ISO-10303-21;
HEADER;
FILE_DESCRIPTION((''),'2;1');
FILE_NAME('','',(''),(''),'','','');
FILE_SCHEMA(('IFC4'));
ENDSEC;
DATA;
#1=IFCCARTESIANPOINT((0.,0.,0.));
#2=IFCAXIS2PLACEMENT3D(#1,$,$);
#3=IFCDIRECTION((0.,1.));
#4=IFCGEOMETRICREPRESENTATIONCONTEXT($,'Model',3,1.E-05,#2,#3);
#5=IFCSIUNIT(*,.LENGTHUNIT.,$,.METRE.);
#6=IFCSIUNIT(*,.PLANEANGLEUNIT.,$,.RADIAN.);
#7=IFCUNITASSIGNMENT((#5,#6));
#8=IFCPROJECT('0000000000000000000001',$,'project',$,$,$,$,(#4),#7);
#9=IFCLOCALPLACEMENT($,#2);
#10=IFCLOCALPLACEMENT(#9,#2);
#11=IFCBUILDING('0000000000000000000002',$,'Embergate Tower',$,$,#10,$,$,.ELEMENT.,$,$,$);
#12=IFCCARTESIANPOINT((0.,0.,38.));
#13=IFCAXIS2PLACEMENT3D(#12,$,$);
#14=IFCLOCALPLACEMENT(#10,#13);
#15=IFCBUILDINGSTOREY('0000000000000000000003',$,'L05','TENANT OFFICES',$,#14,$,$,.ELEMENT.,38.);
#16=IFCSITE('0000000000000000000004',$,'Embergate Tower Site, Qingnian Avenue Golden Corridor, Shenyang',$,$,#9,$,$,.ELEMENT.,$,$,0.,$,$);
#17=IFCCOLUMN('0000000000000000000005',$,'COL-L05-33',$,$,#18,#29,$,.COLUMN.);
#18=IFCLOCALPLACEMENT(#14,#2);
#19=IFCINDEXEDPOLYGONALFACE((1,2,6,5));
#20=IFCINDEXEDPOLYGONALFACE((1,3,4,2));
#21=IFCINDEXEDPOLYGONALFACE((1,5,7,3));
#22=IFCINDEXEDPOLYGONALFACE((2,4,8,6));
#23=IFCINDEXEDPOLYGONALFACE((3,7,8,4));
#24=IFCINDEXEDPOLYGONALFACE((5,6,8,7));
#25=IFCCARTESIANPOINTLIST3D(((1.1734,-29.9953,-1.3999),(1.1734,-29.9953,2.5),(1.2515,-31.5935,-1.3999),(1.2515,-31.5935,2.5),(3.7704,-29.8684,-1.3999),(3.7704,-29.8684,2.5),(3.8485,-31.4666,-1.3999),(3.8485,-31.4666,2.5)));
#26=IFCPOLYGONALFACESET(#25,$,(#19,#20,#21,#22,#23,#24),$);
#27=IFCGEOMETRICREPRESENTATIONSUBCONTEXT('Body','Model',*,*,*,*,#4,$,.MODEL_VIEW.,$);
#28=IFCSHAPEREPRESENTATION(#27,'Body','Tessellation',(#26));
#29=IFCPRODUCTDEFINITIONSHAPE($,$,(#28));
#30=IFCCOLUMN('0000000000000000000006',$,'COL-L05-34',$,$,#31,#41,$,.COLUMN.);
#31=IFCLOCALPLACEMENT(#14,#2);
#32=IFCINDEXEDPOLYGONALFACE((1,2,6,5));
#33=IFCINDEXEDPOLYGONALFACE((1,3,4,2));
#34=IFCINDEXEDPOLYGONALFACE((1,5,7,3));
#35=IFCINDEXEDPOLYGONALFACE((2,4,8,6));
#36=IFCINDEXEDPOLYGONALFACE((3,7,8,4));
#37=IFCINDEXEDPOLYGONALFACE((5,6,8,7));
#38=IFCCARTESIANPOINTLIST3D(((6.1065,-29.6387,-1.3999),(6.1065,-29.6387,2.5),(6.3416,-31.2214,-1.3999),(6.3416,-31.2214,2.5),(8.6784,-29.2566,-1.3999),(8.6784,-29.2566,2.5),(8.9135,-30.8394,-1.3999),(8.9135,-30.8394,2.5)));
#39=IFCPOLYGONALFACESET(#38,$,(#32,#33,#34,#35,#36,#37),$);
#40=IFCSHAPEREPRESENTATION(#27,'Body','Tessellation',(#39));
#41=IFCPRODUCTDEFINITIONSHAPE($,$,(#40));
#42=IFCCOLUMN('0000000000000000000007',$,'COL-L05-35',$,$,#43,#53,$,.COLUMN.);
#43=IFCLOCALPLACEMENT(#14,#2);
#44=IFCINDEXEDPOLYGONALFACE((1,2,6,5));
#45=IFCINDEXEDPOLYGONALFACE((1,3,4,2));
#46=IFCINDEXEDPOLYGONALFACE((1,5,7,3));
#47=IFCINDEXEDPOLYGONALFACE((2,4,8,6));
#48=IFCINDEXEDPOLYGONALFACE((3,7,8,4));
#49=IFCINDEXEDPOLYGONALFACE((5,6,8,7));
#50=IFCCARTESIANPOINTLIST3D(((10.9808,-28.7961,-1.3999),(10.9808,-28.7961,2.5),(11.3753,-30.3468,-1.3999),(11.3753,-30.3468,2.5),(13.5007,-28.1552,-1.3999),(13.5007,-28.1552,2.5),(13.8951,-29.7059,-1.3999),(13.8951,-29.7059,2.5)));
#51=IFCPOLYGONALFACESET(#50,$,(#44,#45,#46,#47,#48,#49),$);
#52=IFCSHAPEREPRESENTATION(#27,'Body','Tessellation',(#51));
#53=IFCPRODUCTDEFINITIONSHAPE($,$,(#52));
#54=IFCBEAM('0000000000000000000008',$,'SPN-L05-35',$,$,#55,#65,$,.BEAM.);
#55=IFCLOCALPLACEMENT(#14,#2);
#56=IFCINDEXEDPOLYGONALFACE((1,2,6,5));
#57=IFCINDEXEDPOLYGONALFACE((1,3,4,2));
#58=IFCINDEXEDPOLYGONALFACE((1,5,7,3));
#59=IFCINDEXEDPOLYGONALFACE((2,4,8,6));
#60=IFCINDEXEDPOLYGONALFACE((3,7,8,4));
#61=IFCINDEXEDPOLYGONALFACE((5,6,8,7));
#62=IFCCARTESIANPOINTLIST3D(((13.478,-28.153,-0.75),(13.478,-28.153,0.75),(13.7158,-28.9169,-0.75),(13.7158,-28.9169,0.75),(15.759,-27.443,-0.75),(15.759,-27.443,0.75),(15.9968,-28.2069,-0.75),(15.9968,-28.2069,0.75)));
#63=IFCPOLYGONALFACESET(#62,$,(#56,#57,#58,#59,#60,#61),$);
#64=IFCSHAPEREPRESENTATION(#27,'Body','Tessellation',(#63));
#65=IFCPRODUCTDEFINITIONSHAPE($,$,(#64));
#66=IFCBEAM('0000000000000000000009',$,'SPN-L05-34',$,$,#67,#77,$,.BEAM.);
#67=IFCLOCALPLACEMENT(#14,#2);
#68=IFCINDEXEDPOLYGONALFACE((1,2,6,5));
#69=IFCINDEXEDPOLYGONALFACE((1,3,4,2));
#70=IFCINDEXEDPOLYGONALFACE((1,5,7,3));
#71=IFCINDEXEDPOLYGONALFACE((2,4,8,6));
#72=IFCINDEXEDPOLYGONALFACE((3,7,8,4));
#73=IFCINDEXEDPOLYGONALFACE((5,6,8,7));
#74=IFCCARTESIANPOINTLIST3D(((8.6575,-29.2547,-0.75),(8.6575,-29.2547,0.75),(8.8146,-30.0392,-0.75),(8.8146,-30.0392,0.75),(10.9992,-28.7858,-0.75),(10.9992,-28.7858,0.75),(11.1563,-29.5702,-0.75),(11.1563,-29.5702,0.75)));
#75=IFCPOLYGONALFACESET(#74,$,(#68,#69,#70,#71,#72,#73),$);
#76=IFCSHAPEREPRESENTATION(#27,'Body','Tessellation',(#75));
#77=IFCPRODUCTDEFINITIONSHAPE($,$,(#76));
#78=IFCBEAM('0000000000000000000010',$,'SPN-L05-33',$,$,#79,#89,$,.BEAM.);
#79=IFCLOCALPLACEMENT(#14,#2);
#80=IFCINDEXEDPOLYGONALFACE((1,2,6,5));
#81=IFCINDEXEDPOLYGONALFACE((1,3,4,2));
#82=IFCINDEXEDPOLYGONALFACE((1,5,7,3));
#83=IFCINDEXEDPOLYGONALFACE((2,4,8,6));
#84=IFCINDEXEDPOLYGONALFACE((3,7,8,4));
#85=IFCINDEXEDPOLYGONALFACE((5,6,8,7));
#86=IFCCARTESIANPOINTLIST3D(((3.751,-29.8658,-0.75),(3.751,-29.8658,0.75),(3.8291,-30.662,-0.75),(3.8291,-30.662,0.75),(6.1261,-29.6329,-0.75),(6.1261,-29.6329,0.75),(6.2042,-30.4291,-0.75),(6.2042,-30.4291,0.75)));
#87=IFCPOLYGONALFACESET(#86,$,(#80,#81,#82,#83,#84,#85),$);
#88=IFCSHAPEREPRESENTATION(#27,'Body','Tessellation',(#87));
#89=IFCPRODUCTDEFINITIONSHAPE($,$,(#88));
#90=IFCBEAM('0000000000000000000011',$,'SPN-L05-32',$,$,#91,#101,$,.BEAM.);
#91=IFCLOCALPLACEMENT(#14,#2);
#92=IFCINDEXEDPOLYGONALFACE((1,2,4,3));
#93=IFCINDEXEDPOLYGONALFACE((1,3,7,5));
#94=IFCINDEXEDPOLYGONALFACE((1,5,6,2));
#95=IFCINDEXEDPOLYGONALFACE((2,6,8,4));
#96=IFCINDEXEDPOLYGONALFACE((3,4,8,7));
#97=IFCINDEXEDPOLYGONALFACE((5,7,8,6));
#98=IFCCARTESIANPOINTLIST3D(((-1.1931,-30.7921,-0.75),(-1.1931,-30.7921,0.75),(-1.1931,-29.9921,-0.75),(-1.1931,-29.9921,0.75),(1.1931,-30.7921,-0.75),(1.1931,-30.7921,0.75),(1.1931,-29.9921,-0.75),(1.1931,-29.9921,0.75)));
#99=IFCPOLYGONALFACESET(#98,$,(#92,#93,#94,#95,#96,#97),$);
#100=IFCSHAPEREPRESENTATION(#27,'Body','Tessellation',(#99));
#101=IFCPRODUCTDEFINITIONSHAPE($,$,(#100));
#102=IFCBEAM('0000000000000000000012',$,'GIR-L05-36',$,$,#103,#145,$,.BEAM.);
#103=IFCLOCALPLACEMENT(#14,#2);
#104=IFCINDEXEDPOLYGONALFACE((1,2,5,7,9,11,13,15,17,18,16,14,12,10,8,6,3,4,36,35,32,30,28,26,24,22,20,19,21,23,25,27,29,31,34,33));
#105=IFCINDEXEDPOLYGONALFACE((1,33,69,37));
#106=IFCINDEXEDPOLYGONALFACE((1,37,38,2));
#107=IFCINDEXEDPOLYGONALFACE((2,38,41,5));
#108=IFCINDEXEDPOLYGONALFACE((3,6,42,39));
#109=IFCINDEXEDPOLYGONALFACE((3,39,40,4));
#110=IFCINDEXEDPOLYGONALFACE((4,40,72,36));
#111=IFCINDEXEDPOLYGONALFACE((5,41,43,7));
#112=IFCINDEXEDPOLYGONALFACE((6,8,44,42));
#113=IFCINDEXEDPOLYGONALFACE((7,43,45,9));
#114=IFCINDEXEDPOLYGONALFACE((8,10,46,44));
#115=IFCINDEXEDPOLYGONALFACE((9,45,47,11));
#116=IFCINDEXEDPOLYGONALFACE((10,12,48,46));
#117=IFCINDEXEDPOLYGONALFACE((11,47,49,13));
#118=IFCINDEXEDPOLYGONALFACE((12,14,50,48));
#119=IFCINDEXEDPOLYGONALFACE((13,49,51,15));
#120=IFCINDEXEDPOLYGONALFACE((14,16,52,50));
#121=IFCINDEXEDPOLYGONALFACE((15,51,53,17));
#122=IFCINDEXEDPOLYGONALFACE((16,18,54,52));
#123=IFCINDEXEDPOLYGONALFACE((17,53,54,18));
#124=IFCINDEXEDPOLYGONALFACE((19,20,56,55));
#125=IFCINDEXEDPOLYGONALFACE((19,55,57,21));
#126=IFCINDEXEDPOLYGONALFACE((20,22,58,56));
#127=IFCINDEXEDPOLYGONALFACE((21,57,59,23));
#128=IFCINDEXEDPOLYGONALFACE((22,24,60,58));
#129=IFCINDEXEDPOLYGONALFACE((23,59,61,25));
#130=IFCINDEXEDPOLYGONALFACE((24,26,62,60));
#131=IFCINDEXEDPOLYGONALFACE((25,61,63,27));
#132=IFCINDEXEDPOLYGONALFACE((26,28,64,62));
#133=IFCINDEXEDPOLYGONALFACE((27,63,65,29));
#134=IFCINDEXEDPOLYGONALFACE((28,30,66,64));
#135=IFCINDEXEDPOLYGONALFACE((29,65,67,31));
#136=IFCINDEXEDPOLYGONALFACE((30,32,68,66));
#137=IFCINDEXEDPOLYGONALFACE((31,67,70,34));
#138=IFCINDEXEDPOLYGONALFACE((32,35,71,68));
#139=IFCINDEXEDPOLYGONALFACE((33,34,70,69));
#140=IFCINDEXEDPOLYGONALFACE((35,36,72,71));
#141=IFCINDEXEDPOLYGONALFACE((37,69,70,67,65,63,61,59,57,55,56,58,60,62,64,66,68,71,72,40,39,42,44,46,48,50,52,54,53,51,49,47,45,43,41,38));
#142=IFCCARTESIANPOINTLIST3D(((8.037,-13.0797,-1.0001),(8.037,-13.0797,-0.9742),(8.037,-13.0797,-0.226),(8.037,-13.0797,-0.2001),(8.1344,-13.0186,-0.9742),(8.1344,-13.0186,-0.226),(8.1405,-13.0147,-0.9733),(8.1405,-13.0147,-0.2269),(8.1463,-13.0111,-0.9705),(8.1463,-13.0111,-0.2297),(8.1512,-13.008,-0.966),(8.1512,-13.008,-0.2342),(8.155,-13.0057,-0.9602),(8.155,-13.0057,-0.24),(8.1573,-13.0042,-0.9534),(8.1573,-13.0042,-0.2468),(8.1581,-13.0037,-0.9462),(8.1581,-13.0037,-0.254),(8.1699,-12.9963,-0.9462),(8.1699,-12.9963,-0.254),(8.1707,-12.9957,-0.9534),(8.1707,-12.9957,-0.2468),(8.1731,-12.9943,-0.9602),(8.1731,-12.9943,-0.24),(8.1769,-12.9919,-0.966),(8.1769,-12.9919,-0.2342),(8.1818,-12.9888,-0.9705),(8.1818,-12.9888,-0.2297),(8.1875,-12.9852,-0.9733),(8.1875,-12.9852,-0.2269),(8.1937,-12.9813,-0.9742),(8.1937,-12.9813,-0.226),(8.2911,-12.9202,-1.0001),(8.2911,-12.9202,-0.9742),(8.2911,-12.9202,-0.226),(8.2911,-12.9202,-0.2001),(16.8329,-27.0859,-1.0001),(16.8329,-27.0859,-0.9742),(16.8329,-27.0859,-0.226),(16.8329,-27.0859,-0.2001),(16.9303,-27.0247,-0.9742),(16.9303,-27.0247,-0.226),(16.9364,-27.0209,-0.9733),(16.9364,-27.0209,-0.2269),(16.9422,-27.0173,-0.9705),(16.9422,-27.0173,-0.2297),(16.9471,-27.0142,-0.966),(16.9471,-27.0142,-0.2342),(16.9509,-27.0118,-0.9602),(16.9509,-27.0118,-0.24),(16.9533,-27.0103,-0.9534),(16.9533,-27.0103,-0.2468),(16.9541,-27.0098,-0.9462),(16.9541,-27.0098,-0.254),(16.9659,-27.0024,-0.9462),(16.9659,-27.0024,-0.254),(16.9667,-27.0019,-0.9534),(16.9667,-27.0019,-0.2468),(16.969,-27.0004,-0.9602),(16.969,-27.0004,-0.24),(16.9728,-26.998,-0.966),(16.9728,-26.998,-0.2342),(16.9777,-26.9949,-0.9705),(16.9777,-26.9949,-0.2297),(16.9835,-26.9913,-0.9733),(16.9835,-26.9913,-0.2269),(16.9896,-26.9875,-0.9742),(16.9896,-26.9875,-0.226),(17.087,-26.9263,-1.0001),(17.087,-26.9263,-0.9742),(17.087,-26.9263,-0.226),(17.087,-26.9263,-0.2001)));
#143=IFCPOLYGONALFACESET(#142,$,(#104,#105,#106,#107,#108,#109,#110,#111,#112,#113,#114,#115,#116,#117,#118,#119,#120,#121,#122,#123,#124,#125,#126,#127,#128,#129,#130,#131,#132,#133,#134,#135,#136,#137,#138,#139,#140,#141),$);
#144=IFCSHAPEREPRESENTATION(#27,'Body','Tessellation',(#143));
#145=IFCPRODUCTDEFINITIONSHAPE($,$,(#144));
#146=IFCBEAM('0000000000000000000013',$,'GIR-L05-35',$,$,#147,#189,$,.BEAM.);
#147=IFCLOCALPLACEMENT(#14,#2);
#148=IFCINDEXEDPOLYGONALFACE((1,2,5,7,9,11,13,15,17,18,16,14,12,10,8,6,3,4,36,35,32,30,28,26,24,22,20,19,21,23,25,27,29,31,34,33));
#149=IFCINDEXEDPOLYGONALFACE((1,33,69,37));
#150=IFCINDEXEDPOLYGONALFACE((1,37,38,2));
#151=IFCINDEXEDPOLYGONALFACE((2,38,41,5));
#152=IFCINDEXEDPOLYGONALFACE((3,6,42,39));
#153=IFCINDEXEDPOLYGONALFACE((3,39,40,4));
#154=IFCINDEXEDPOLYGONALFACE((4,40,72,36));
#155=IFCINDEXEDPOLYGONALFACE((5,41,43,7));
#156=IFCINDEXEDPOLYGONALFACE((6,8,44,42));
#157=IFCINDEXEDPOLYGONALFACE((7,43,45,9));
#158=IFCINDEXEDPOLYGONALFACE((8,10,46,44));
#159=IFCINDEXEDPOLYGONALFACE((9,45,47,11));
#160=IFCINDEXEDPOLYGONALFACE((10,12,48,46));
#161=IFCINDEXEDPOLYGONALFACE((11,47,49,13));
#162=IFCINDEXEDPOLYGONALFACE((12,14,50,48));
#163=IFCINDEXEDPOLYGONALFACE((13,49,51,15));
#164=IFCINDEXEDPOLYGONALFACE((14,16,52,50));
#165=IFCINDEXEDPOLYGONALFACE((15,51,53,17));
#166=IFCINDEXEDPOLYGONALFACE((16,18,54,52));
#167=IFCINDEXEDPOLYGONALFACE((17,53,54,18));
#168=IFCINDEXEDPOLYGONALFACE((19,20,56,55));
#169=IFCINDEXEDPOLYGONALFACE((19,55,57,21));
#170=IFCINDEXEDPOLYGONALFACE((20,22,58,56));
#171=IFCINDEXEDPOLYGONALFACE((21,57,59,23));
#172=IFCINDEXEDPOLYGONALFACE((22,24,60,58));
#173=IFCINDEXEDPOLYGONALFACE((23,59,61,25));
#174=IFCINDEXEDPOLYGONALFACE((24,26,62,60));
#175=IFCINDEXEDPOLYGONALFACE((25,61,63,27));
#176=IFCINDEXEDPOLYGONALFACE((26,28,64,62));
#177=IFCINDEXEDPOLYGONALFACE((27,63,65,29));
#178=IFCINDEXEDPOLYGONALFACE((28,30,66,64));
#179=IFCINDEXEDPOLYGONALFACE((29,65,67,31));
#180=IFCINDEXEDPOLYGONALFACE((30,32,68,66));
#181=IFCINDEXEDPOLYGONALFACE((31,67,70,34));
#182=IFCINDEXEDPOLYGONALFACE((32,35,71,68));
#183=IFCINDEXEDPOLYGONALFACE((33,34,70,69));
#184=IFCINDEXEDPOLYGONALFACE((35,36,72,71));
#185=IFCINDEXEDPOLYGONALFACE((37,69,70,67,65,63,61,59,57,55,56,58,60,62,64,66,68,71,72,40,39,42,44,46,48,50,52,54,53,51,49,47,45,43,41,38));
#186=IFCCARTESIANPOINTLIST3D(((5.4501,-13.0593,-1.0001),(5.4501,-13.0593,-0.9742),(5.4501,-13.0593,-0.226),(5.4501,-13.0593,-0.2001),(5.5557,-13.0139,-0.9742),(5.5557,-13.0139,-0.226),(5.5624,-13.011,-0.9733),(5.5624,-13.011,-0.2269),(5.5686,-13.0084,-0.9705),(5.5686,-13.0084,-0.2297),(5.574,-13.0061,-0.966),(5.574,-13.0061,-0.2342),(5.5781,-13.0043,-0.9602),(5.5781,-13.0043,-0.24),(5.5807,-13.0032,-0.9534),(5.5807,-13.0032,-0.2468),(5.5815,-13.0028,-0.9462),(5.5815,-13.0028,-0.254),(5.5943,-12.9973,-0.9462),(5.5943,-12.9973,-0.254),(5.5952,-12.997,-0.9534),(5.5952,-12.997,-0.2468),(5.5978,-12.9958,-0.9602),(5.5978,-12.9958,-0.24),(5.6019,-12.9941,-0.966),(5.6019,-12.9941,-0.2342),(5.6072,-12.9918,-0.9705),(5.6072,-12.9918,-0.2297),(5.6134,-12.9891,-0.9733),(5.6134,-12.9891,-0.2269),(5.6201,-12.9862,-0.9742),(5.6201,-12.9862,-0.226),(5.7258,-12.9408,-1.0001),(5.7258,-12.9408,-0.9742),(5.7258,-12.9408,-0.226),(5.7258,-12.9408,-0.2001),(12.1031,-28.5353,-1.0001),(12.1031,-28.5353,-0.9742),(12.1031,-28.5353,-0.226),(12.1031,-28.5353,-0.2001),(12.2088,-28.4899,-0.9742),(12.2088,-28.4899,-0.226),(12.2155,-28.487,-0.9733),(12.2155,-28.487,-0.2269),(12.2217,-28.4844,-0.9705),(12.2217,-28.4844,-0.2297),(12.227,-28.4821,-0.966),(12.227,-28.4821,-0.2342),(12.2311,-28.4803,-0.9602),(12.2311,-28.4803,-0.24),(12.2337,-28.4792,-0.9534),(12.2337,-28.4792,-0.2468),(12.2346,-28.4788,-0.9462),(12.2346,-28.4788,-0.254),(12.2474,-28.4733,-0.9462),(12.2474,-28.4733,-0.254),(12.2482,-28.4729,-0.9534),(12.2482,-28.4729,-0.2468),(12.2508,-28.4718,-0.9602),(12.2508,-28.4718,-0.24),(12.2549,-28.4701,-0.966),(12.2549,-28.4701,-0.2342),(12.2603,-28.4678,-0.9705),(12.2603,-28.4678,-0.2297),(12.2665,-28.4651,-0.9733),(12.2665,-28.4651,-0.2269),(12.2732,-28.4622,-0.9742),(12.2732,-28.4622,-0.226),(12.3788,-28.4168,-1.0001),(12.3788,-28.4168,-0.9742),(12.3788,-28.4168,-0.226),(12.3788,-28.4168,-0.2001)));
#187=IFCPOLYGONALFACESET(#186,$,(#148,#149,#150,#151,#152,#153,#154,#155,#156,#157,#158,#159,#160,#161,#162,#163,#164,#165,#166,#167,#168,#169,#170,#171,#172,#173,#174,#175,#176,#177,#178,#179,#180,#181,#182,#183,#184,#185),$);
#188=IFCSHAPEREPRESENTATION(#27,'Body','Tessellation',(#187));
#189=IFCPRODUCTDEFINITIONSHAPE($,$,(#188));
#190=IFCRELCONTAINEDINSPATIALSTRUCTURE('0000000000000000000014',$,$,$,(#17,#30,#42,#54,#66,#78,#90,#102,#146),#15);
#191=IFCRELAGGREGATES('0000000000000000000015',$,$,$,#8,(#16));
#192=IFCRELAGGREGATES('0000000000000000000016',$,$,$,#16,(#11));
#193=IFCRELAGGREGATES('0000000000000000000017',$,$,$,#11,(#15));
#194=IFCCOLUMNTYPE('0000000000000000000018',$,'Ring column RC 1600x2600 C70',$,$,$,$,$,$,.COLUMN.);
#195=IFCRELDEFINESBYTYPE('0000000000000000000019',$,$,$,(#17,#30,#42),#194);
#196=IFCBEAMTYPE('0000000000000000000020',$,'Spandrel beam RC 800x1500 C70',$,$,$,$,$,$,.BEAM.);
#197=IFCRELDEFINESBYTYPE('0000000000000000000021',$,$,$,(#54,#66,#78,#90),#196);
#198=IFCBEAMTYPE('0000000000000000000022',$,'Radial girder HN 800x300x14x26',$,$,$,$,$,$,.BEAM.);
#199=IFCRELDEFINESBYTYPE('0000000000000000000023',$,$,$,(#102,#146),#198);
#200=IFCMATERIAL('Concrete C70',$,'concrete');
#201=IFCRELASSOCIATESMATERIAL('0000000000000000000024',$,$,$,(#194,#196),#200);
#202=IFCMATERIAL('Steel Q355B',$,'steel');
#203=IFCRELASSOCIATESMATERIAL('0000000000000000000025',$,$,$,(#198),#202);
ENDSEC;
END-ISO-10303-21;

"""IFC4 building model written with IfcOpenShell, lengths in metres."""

from ifc_helpers import new_model, si_unit, direction, frame, origin, origin_2d, place, context, subcontext, project, spatial, rectangle, i_section, extrude, source, transform, mapped, material, material_profile, profile_set, type_object, element, save


model = new_model("IFC4")

# Units and contexts
model_context = context("Model", 3, precision=1e-05, world=origin(), true_north=direction((0.0, 1.0)))
body_context = subcontext(model_context, "Body", "Model", "MODEL_VIEW")
ifc_project = project(units=[si_unit("LENGTHUNIT", "METRE"), si_unit("PLANEANGLEUNIT", "RADIAN")], contexts=[model_context])

# Site, building, storey
site_placement = place(None, origin())
site = spatial("IfcSite", under=ifc_project, at=site_placement, Name="Embergate Tower Site, Qingnian Avenue Golden Corridor, Shenyang", CompositionType="ELEMENT", RefElevation=0.0)
building_placement = place(site_placement, origin())
building = spatial("IfcBuilding", under=site, at=building_placement, Name="Embergate Tower", CompositionType="ELEMENT")
storey_placement = place(building_placement, frame((0.0, 0.0, 38.0)))
storey = spatial("IfcBuildingStorey", under=building, at=storey_placement, Name="L05", Description="TENANT OFFICES", CompositionType="ELEMENT", Elevation=38.0)

# Columns
ifc_material_1 = material(Name="Concrete C70", Category="concrete")
ifc_material_profile_1 = material_profile(ifc_material_1, rectangle(XDim=1.6001, YDim=2.6001, at=origin_2d()), Name="RC 1600x2600")
ifc_profile_set_1 = profile_set([ifc_material_profile_1], Name="Concrete C70")
column_type = type_object("IfcColumnType", Name="Ring column RC 1600x2600 C70", PredefinedType="COLUMN", material=ifc_profile_set_1)
shared_shape_1 = source(origin(), body_context, "Body", "SweptSolid", [
    extrude(rectangle(XDim=1.6001, YDim=2.6001, at=origin_2d()), origin(), (0.0, 0.0, 1.0), 3.8999),
])
for number, where, z_axis, x_axis, name in (
    (1, (2.511, -30.731, -1.3999), (0.0, 0.0, 1.0), (0.048815, -0.998808, 0.0), "COL-L05-33"),
    (2, (7.51, -30.239, -1.3999), (0.0, 0.0, 1.0), (0.146929, -0.989147, 0.0), "COL-L05-34"),
    (3, (12.438, -29.251, -1.3999), (0.0, 0.0, 1.0), (0.246492, -0.969145, 0.0), "COL-L05-35"),
):
    element("IfcColumn", number, at=place(storey_placement, frame(where, z_axis=z_axis, x_axis=x_axis)), inside=storey, type_object=column_type, Name=name, PredefinedType="COLUMN", context=body_context, shape_type="MappedRepresentation", body=[
        mapped(shared_shape_1, transform((0.0, 0.0, 0.0))),
    ])

# Beams
ifc_material_profile_2 = material_profile(ifc_material_1, rectangle(XDim=0.8, YDim=1.5, at=origin_2d()), Name="RC 800x1500")
ifc_profile_set_2 = profile_set([ifc_material_profile_2], Name="Concrete C70")
beam_type_1 = type_object("IfcBeamType", Name="Spandrel beam RC 800x1500 C70", PredefinedType="BEAM", material=ifc_profile_set_2)
shared_shape_2 = source(origin(), body_context, "Body", "SweptSolid", [
    extrude(rectangle(XDim=0.8, YDim=1.5, at=origin_2d()), origin(), (0.0, 0.0, 1.0), 2.3889),
])
beam_1_placement = place(storey_placement, frame((13.5969, -28.5349, 0.0), z_axis=(0.954819, 0.297187, 0.0), x_axis=(-0.297187, 0.954819, 0.0)))
element("IfcBeam", 4, at=beam_1_placement, inside=storey, type_object=beam_type_1, Name="SPN-L05-35", PredefinedType="BEAM", context=body_context, shape_type="MappedRepresentation", body=[
    mapped(shared_shape_2, transform((0.0, 0.0, 0.0))),
])
shared_shape_3 = source(origin(), body_context, "Body", "SweptSolid", [
    extrude(rectangle(XDim=0.8, YDim=1.5, at=origin_2d()), origin(), (0.0, 0.0, 1.0), 2.3882),
])
beam_2_placement = place(storey_placement, frame((8.7361, -29.647, 0.0), z_axis=(0.98053, 0.196372, 0.0), x_axis=(-0.196372, 0.98053, 0.0)))
element("IfcBeam", 5, at=beam_2_placement, inside=storey, type_object=beam_type_1, Name="SPN-L05-34", PredefinedType="BEAM", context=body_context, shape_type="MappedRepresentation", body=[
    mapped(shared_shape_3, transform((0.0, 0.0, 0.0))),
])
shared_shape_4 = source(origin(), body_context, "Body", "SweptSolid", [
    extrude(rectangle(XDim=0.8, YDim=1.5, at=origin_2d()), origin(), (0.0, 0.0, 1.0), 2.3865),
])
beam_3_placement = place(storey_placement, frame((3.79, -30.2639, 0.0), z_axis=(0.995226, 0.097599, 0.0), x_axis=(-0.097599, 0.995226, 0.0)))
element("IfcBeam", 6, at=beam_3_placement, inside=storey, type_object=beam_type_1, Name="SPN-L05-33", PredefinedType="BEAM", context=body_context, shape_type="MappedRepresentation", body=[
    mapped(shared_shape_4, transform((0.0, 0.0, 0.0))),
])
shared_shape_5 = source(origin(), body_context, "Body", "SweptSolid", [
    extrude(rectangle(XDim=0.8, YDim=1.5, at=origin_2d()), origin(), (0.0, 0.0, 1.0), 2.3862),
])
beam_4_placement = place(storey_placement, frame((-1.1931, -30.3921, 0.0), z_axis=(1.0, 0.0, 0.0), x_axis=(0.0, 1.0, 0.0)))
element("IfcBeam", 7, at=beam_4_placement, inside=storey, type_object=beam_type_1, Name="SPN-L05-32", PredefinedType="BEAM", context=body_context, shape_type="MappedRepresentation", body=[
    mapped(shared_shape_5, transform((0.0, 0.0, 0.0))),
])
ifc_material_2 = material(Name="Steel Q355B", Category="steel")
ifc_material_profile_3 = material_profile(ifc_material_2, i_section(OverallWidth=0.3, OverallDepth=0.8, WebThickness=0.0139, FlangeThickness=0.0259, FilletRadius=0.0281, at=origin_2d()), Name="HN 800x300x14x26")
ifc_profile_set_3 = profile_set([ifc_material_profile_3], Name="Steel Q355 grade B")
beam_type_2 = type_object("IfcBeamType", Name="Radial girder HN 800x300x14x26", PredefinedType="BEAM", material=ifc_profile_set_3)
shared_shape_6 = source(origin(), body_context, "Body", "SweptSolid", [
    extrude(i_section(OverallWidth=0.3, OverallDepth=0.8, WebThickness=0.0139, FlangeThickness=0.0259, FilletRadius=0.0281, at=origin_2d()), origin(), (0.0, 0.0, 1.0), 16.5391),
])
beam_5_placement = place(storey_placement, frame((16.96, -27.0061, -0.6001), z_axis=(-0.531827, 0.846853, 0.0), x_axis=(-0.846853, -0.531827, 0.0)))
element("IfcBeam", 8, at=beam_5_placement, inside=storey, type_object=beam_type_2, Name="GIR-L05-36", PredefinedType="BEAM", context=body_context, shape_type="MappedRepresentation", body=[
    mapped(shared_shape_6, transform((0.0, 0.0, 0.0))),
])
shared_shape_7 = source(origin(), body_context, "Body", "SweptSolid", [
    extrude(i_section(OverallWidth=0.3, OverallDepth=0.8, WebThickness=0.0139, FlangeThickness=0.0259, FilletRadius=0.0281, at=origin_2d()), origin(), (0.0, 0.0, 1.0), 16.8455),
])
beam_6_placement = place(storey_placement, frame((12.241, -28.4761, -0.6001), z_axis=(-0.394946, 0.918704, 0.0), x_axis=(-0.918704, -0.394946, 0.0)))
element("IfcBeam", 9, at=beam_6_placement, inside=storey, type_object=beam_type_2, Name="GIR-L05-35", PredefinedType="BEAM", context=body_context, shape_type="MappedRepresentation", body=[
    mapped(shared_shape_7, transform((0.0, 0.0, 0.0))),
])

save(model, "model.ifc")
